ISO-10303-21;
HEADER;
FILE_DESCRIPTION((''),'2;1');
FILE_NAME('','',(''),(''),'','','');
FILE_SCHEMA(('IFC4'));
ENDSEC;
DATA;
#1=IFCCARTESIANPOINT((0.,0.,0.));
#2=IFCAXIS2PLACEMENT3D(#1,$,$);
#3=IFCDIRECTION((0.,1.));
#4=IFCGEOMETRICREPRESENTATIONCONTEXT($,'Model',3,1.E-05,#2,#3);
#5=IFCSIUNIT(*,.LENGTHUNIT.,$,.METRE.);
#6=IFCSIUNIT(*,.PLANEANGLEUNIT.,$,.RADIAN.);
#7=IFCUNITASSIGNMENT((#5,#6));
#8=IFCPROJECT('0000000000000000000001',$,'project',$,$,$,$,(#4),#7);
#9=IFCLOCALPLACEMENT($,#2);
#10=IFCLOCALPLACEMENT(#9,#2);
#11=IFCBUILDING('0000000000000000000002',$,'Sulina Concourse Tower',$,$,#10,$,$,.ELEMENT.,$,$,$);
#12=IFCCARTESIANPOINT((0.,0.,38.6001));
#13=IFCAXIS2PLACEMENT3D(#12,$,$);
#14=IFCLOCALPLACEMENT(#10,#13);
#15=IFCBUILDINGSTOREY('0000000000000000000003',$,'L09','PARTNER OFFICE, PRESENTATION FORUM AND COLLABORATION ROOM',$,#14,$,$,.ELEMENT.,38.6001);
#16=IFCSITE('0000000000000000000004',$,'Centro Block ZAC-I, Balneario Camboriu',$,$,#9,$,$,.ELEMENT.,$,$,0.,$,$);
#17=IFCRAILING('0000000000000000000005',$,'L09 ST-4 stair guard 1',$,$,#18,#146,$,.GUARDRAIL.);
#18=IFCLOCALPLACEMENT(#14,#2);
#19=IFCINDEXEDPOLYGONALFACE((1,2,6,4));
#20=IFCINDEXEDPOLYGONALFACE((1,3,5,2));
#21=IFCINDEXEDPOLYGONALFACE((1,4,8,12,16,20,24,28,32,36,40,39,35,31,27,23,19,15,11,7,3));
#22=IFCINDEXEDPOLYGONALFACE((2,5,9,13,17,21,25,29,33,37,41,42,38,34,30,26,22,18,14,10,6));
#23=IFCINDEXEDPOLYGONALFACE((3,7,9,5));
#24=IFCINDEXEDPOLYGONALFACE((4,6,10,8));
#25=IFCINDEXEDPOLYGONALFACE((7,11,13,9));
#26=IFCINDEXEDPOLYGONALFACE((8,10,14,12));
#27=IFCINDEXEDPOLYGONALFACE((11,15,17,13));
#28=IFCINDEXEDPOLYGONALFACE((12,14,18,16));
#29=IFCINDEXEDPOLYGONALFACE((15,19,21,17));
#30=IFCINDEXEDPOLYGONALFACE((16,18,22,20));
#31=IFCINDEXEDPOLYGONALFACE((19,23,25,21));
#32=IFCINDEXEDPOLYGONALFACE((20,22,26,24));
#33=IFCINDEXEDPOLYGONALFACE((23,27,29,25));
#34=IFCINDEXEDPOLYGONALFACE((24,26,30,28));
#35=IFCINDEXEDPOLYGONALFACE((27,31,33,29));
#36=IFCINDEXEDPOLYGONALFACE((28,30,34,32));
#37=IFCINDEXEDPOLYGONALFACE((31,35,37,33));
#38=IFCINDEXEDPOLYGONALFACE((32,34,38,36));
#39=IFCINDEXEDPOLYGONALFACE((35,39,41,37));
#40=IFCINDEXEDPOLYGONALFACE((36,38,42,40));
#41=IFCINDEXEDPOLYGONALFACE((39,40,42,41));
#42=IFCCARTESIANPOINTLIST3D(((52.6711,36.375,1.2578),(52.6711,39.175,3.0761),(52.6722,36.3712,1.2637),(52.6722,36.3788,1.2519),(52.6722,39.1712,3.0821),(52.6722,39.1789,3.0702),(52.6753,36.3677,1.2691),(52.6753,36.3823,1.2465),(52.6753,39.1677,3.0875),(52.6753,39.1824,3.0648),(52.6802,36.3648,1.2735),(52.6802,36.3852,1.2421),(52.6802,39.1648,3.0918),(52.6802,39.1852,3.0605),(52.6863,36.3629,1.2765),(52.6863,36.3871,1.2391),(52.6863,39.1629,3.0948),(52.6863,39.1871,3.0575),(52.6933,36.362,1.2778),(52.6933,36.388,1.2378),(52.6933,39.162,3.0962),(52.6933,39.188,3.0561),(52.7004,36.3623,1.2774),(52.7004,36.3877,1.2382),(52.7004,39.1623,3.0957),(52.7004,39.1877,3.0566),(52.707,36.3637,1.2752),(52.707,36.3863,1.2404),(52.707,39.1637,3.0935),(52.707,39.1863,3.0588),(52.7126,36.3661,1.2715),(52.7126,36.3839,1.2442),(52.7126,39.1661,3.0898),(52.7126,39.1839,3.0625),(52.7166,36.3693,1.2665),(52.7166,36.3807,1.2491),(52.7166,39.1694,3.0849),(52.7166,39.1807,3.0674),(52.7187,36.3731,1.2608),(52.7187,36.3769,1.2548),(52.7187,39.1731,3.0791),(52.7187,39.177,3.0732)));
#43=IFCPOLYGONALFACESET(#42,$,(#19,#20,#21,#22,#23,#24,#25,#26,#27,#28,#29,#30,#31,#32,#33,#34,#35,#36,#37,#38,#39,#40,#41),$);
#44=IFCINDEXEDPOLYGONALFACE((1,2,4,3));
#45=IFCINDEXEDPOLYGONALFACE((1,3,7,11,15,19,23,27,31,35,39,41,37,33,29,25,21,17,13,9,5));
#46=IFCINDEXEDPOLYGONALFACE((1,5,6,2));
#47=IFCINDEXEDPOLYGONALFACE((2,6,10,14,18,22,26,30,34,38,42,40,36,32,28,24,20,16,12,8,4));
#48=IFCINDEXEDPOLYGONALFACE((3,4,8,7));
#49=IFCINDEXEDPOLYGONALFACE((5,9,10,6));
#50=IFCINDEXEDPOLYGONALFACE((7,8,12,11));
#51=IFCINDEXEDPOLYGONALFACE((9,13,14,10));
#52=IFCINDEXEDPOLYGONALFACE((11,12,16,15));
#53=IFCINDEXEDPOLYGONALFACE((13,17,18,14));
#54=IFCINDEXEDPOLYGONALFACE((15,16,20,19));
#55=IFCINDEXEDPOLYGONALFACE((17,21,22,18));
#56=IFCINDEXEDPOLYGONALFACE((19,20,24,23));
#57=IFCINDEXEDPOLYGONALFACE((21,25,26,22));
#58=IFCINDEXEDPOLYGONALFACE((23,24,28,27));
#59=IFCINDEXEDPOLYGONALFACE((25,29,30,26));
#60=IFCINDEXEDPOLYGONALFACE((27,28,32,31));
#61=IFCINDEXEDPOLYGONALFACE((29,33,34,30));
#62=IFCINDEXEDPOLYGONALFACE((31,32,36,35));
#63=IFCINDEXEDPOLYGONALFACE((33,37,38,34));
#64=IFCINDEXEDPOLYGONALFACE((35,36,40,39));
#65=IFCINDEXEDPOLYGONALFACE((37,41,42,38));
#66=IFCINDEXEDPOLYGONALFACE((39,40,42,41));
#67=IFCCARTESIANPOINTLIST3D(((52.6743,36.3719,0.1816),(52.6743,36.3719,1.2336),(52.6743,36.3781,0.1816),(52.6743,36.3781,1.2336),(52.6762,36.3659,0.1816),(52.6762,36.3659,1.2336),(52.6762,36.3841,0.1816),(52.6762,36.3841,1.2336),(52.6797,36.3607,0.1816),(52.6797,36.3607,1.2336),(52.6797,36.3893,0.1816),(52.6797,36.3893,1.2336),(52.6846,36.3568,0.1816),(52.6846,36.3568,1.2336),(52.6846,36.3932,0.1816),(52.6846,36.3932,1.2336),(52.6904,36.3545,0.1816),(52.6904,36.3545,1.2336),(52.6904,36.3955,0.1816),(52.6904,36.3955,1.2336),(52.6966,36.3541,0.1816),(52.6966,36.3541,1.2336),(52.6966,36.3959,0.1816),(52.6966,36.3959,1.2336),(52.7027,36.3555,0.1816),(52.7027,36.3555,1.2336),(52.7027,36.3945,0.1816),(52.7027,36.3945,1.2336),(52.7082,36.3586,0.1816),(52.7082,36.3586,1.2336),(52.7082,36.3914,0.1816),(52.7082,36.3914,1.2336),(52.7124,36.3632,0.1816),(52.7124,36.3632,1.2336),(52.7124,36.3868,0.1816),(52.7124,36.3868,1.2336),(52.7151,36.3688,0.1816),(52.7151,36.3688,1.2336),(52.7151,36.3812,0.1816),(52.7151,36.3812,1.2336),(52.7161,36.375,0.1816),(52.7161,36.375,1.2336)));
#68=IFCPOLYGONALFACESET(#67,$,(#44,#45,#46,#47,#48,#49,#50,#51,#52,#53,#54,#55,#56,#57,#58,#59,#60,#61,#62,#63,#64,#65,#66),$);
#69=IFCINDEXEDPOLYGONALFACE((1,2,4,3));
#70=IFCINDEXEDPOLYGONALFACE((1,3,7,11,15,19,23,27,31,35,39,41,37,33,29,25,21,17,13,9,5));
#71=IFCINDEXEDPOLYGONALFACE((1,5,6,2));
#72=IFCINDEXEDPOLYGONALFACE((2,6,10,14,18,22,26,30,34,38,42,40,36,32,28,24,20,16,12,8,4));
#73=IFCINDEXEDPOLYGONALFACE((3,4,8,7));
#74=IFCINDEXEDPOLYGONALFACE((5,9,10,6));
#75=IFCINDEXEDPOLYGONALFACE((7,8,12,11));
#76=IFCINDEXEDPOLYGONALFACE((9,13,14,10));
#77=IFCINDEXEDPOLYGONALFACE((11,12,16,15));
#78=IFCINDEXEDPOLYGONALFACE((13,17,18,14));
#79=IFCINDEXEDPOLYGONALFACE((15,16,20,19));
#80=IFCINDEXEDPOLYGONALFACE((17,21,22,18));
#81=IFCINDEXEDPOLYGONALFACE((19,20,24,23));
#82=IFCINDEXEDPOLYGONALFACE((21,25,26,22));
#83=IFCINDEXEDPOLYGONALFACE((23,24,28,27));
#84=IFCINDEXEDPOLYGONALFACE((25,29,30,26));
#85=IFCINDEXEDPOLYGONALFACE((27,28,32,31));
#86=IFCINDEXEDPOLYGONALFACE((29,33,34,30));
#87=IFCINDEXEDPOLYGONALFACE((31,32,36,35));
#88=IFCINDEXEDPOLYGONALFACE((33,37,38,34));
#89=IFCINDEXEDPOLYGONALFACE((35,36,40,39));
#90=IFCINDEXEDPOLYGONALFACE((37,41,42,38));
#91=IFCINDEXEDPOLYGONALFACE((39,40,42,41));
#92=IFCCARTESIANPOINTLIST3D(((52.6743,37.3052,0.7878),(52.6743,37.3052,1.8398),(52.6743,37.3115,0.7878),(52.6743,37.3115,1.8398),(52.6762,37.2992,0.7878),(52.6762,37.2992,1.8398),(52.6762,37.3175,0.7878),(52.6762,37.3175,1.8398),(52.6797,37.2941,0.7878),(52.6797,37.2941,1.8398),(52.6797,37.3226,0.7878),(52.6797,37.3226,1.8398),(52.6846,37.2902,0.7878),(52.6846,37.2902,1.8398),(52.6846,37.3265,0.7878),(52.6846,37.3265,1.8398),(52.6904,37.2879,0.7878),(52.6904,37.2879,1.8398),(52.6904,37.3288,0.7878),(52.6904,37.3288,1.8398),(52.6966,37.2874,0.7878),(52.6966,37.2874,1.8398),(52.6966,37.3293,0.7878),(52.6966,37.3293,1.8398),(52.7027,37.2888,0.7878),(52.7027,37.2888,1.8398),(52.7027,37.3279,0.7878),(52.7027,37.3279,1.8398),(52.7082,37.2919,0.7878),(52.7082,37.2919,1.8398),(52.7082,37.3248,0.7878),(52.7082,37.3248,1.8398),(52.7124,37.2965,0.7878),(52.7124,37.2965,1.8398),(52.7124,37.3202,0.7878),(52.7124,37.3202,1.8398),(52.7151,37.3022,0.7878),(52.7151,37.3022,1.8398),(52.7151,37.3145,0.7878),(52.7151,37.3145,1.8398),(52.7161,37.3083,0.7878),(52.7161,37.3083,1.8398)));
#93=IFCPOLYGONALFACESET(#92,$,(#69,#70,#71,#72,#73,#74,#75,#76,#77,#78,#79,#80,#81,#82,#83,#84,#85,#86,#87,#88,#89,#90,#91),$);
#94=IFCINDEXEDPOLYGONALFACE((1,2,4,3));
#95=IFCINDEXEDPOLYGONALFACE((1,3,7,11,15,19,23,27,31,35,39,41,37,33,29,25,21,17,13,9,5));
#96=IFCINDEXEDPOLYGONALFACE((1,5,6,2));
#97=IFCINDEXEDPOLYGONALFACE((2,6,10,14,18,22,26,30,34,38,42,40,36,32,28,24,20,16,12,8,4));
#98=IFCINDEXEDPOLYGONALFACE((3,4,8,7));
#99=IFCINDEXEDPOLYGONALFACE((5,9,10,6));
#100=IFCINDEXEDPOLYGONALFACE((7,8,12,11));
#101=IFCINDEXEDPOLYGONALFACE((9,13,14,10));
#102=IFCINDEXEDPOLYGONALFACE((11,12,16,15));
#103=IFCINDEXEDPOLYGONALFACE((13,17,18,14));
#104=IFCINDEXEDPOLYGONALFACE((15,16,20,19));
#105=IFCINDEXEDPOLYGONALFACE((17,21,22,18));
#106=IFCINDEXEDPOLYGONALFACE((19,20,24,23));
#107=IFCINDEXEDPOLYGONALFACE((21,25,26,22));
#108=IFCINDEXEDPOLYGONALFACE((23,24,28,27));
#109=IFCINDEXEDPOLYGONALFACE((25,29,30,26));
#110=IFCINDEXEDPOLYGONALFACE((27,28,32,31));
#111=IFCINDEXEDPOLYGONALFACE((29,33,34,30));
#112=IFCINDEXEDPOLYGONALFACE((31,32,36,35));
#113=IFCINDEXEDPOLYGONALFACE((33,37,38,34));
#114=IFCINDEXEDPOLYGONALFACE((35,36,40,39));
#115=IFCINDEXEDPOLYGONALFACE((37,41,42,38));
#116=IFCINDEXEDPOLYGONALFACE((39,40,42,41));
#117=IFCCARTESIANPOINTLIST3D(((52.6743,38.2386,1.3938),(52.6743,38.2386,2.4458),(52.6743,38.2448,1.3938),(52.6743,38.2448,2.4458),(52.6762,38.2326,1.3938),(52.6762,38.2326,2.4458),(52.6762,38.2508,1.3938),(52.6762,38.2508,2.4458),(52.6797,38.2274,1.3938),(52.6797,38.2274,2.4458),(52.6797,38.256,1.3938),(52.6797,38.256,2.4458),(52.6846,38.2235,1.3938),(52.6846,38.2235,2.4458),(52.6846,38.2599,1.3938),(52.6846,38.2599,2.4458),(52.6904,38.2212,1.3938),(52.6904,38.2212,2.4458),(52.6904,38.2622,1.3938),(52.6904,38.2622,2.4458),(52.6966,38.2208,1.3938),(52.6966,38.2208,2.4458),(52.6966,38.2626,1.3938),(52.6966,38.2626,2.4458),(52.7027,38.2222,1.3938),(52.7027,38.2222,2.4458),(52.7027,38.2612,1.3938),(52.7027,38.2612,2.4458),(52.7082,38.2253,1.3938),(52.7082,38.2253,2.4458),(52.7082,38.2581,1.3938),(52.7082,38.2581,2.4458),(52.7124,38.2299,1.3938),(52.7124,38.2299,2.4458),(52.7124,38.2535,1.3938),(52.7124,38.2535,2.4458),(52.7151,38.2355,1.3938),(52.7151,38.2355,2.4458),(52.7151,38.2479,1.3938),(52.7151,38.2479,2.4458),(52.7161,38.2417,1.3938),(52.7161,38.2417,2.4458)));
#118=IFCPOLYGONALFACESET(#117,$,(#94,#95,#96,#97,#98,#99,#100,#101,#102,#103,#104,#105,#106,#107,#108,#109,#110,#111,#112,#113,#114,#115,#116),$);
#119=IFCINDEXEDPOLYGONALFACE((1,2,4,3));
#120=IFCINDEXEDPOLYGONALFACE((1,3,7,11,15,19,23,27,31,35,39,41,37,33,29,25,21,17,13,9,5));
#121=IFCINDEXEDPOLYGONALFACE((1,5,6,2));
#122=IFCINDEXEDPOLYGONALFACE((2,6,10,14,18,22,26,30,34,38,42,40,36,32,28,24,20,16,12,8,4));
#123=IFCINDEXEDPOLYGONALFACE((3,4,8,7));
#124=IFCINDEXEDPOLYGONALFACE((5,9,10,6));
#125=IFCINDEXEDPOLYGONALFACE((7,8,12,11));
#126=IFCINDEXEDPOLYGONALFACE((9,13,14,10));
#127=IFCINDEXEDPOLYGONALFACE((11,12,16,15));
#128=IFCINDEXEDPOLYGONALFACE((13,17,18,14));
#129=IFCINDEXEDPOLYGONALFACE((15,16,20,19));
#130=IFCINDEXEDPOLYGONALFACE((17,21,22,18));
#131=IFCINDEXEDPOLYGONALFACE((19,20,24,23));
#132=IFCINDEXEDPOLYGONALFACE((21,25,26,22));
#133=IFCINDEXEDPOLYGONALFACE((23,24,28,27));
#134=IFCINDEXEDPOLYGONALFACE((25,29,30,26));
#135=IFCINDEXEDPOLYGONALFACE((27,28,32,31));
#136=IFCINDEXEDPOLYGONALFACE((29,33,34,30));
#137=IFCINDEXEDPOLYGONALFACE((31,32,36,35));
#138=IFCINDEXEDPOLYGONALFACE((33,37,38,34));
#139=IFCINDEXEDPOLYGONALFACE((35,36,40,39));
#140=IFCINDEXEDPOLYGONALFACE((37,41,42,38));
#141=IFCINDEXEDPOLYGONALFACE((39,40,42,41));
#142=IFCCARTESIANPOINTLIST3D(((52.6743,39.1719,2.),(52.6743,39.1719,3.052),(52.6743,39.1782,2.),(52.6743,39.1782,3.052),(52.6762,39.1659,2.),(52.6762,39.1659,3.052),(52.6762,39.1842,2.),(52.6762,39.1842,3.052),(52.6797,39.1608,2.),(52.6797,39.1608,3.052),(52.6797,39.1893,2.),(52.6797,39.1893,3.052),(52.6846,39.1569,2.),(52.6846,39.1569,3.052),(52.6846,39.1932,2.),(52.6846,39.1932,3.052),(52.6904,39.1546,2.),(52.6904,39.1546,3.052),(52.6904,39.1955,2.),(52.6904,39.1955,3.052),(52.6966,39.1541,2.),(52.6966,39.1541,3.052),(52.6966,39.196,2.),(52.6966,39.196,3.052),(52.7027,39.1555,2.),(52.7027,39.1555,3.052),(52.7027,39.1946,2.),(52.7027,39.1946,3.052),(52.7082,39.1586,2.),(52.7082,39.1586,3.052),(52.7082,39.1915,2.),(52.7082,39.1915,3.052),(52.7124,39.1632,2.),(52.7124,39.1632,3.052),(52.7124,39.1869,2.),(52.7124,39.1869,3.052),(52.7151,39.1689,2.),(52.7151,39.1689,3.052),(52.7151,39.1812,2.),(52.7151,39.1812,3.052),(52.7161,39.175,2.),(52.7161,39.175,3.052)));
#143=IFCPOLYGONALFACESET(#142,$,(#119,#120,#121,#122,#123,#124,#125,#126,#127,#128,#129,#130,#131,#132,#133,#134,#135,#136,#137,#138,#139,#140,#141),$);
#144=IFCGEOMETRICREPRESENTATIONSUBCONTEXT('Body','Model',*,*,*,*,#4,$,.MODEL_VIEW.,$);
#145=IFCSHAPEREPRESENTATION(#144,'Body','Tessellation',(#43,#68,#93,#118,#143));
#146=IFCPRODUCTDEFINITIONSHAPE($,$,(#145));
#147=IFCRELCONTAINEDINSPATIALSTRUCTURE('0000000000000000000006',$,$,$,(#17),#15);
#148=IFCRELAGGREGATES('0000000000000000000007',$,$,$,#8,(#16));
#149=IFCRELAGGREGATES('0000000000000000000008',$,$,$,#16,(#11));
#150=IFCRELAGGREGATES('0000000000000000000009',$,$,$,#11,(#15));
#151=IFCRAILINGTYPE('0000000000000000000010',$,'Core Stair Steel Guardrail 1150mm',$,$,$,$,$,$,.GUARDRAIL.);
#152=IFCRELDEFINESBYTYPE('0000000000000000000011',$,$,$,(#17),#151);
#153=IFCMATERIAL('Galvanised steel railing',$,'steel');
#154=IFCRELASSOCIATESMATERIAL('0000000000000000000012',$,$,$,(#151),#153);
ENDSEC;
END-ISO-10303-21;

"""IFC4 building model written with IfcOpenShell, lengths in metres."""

from ifc_helpers import new_model, si_unit, direction, frame, origin, origin_2d, place, context, subcontext, project, spatial, circle, extrude, material, type_object, element, save


model = new_model("IFC4")

# Units and contexts
model_context = context("Model", 3, precision=1e-05, world=origin(), true_north=direction((0.0, 1.0)))
body_context = subcontext(model_context, "Body", "Model", "MODEL_VIEW")
ifc_project = project(units=[si_unit("LENGTHUNIT", "METRE"), si_unit("PLANEANGLEUNIT", "RADIAN")], contexts=[model_context])

# Site, building, storey
site_placement = place(None, origin())
site = spatial("IfcSite", under=ifc_project, at=site_placement, Name="Centro Block ZAC-I, Balneario Camboriu", CompositionType="ELEMENT", RefElevation=0.0)
building_placement = place(site_placement, origin())
building = spatial("IfcBuilding", under=site, at=building_placement, Name="Sulina Concourse Tower", CompositionType="ELEMENT")
storey_placement = place(building_placement, frame((0.0, 0.0, 38.6001)))
storey = spatial("IfcBuildingStorey", under=building, at=storey_placement, Name="L09", Description="PARTNER OFFICE, PRESENTATION FORUM AND COLLABORATION ROOM", CompositionType="ELEMENT", Elevation=38.6001)

# Railing
ifc_material_1 = material(Name="Galvanised steel railing", Category="steel")
railing_type = type_object("IfcRailingType", Name="Core Stair Steel Guardrail 1150mm", PredefinedType="GUARDRAIL", material=ifc_material_1)
railing_1_placement = place(storey_placement, frame((52.6951, 36.375, 0.1816)))
element("IfcRailing", 1, at=railing_1_placement, inside=storey, type_object=railing_type, Name="L09 ST-4 stair guard 1", PredefinedType="GUARDRAIL", context=body_context, shape_type="SweptSolid", body=[
    extrude(circle(Radius=0.0239, at=origin_2d()), frame((0.0, 0.0, 1.0762), z_axis=(0.0, 0.838672, 0.544636), x_axis=(-1.0, 0.0, 0.0)), (0.0, 0.0, 1.0), 3.3386),
    extrude(circle(Radius=0.021, at=origin_2d()), origin(), (0.0, 0.0, 1.0), 1.052),
    extrude(circle(Radius=0.021, at=origin_2d()), frame((0.0, 0.9333, 0.6062)), (0.0, 0.0, 1.0), 1.052),
    extrude(circle(Radius=0.021, at=origin_2d()), frame((0.0, 1.8667, 1.2122)), (0.0, 0.0, 1.0), 1.052),
    extrude(circle(Radius=0.021, at=origin_2d()), frame((0.0, 2.8, 1.8184)), (0.0, 0.0, 1.0), 1.052),
])

save(model, "model.ifc")
